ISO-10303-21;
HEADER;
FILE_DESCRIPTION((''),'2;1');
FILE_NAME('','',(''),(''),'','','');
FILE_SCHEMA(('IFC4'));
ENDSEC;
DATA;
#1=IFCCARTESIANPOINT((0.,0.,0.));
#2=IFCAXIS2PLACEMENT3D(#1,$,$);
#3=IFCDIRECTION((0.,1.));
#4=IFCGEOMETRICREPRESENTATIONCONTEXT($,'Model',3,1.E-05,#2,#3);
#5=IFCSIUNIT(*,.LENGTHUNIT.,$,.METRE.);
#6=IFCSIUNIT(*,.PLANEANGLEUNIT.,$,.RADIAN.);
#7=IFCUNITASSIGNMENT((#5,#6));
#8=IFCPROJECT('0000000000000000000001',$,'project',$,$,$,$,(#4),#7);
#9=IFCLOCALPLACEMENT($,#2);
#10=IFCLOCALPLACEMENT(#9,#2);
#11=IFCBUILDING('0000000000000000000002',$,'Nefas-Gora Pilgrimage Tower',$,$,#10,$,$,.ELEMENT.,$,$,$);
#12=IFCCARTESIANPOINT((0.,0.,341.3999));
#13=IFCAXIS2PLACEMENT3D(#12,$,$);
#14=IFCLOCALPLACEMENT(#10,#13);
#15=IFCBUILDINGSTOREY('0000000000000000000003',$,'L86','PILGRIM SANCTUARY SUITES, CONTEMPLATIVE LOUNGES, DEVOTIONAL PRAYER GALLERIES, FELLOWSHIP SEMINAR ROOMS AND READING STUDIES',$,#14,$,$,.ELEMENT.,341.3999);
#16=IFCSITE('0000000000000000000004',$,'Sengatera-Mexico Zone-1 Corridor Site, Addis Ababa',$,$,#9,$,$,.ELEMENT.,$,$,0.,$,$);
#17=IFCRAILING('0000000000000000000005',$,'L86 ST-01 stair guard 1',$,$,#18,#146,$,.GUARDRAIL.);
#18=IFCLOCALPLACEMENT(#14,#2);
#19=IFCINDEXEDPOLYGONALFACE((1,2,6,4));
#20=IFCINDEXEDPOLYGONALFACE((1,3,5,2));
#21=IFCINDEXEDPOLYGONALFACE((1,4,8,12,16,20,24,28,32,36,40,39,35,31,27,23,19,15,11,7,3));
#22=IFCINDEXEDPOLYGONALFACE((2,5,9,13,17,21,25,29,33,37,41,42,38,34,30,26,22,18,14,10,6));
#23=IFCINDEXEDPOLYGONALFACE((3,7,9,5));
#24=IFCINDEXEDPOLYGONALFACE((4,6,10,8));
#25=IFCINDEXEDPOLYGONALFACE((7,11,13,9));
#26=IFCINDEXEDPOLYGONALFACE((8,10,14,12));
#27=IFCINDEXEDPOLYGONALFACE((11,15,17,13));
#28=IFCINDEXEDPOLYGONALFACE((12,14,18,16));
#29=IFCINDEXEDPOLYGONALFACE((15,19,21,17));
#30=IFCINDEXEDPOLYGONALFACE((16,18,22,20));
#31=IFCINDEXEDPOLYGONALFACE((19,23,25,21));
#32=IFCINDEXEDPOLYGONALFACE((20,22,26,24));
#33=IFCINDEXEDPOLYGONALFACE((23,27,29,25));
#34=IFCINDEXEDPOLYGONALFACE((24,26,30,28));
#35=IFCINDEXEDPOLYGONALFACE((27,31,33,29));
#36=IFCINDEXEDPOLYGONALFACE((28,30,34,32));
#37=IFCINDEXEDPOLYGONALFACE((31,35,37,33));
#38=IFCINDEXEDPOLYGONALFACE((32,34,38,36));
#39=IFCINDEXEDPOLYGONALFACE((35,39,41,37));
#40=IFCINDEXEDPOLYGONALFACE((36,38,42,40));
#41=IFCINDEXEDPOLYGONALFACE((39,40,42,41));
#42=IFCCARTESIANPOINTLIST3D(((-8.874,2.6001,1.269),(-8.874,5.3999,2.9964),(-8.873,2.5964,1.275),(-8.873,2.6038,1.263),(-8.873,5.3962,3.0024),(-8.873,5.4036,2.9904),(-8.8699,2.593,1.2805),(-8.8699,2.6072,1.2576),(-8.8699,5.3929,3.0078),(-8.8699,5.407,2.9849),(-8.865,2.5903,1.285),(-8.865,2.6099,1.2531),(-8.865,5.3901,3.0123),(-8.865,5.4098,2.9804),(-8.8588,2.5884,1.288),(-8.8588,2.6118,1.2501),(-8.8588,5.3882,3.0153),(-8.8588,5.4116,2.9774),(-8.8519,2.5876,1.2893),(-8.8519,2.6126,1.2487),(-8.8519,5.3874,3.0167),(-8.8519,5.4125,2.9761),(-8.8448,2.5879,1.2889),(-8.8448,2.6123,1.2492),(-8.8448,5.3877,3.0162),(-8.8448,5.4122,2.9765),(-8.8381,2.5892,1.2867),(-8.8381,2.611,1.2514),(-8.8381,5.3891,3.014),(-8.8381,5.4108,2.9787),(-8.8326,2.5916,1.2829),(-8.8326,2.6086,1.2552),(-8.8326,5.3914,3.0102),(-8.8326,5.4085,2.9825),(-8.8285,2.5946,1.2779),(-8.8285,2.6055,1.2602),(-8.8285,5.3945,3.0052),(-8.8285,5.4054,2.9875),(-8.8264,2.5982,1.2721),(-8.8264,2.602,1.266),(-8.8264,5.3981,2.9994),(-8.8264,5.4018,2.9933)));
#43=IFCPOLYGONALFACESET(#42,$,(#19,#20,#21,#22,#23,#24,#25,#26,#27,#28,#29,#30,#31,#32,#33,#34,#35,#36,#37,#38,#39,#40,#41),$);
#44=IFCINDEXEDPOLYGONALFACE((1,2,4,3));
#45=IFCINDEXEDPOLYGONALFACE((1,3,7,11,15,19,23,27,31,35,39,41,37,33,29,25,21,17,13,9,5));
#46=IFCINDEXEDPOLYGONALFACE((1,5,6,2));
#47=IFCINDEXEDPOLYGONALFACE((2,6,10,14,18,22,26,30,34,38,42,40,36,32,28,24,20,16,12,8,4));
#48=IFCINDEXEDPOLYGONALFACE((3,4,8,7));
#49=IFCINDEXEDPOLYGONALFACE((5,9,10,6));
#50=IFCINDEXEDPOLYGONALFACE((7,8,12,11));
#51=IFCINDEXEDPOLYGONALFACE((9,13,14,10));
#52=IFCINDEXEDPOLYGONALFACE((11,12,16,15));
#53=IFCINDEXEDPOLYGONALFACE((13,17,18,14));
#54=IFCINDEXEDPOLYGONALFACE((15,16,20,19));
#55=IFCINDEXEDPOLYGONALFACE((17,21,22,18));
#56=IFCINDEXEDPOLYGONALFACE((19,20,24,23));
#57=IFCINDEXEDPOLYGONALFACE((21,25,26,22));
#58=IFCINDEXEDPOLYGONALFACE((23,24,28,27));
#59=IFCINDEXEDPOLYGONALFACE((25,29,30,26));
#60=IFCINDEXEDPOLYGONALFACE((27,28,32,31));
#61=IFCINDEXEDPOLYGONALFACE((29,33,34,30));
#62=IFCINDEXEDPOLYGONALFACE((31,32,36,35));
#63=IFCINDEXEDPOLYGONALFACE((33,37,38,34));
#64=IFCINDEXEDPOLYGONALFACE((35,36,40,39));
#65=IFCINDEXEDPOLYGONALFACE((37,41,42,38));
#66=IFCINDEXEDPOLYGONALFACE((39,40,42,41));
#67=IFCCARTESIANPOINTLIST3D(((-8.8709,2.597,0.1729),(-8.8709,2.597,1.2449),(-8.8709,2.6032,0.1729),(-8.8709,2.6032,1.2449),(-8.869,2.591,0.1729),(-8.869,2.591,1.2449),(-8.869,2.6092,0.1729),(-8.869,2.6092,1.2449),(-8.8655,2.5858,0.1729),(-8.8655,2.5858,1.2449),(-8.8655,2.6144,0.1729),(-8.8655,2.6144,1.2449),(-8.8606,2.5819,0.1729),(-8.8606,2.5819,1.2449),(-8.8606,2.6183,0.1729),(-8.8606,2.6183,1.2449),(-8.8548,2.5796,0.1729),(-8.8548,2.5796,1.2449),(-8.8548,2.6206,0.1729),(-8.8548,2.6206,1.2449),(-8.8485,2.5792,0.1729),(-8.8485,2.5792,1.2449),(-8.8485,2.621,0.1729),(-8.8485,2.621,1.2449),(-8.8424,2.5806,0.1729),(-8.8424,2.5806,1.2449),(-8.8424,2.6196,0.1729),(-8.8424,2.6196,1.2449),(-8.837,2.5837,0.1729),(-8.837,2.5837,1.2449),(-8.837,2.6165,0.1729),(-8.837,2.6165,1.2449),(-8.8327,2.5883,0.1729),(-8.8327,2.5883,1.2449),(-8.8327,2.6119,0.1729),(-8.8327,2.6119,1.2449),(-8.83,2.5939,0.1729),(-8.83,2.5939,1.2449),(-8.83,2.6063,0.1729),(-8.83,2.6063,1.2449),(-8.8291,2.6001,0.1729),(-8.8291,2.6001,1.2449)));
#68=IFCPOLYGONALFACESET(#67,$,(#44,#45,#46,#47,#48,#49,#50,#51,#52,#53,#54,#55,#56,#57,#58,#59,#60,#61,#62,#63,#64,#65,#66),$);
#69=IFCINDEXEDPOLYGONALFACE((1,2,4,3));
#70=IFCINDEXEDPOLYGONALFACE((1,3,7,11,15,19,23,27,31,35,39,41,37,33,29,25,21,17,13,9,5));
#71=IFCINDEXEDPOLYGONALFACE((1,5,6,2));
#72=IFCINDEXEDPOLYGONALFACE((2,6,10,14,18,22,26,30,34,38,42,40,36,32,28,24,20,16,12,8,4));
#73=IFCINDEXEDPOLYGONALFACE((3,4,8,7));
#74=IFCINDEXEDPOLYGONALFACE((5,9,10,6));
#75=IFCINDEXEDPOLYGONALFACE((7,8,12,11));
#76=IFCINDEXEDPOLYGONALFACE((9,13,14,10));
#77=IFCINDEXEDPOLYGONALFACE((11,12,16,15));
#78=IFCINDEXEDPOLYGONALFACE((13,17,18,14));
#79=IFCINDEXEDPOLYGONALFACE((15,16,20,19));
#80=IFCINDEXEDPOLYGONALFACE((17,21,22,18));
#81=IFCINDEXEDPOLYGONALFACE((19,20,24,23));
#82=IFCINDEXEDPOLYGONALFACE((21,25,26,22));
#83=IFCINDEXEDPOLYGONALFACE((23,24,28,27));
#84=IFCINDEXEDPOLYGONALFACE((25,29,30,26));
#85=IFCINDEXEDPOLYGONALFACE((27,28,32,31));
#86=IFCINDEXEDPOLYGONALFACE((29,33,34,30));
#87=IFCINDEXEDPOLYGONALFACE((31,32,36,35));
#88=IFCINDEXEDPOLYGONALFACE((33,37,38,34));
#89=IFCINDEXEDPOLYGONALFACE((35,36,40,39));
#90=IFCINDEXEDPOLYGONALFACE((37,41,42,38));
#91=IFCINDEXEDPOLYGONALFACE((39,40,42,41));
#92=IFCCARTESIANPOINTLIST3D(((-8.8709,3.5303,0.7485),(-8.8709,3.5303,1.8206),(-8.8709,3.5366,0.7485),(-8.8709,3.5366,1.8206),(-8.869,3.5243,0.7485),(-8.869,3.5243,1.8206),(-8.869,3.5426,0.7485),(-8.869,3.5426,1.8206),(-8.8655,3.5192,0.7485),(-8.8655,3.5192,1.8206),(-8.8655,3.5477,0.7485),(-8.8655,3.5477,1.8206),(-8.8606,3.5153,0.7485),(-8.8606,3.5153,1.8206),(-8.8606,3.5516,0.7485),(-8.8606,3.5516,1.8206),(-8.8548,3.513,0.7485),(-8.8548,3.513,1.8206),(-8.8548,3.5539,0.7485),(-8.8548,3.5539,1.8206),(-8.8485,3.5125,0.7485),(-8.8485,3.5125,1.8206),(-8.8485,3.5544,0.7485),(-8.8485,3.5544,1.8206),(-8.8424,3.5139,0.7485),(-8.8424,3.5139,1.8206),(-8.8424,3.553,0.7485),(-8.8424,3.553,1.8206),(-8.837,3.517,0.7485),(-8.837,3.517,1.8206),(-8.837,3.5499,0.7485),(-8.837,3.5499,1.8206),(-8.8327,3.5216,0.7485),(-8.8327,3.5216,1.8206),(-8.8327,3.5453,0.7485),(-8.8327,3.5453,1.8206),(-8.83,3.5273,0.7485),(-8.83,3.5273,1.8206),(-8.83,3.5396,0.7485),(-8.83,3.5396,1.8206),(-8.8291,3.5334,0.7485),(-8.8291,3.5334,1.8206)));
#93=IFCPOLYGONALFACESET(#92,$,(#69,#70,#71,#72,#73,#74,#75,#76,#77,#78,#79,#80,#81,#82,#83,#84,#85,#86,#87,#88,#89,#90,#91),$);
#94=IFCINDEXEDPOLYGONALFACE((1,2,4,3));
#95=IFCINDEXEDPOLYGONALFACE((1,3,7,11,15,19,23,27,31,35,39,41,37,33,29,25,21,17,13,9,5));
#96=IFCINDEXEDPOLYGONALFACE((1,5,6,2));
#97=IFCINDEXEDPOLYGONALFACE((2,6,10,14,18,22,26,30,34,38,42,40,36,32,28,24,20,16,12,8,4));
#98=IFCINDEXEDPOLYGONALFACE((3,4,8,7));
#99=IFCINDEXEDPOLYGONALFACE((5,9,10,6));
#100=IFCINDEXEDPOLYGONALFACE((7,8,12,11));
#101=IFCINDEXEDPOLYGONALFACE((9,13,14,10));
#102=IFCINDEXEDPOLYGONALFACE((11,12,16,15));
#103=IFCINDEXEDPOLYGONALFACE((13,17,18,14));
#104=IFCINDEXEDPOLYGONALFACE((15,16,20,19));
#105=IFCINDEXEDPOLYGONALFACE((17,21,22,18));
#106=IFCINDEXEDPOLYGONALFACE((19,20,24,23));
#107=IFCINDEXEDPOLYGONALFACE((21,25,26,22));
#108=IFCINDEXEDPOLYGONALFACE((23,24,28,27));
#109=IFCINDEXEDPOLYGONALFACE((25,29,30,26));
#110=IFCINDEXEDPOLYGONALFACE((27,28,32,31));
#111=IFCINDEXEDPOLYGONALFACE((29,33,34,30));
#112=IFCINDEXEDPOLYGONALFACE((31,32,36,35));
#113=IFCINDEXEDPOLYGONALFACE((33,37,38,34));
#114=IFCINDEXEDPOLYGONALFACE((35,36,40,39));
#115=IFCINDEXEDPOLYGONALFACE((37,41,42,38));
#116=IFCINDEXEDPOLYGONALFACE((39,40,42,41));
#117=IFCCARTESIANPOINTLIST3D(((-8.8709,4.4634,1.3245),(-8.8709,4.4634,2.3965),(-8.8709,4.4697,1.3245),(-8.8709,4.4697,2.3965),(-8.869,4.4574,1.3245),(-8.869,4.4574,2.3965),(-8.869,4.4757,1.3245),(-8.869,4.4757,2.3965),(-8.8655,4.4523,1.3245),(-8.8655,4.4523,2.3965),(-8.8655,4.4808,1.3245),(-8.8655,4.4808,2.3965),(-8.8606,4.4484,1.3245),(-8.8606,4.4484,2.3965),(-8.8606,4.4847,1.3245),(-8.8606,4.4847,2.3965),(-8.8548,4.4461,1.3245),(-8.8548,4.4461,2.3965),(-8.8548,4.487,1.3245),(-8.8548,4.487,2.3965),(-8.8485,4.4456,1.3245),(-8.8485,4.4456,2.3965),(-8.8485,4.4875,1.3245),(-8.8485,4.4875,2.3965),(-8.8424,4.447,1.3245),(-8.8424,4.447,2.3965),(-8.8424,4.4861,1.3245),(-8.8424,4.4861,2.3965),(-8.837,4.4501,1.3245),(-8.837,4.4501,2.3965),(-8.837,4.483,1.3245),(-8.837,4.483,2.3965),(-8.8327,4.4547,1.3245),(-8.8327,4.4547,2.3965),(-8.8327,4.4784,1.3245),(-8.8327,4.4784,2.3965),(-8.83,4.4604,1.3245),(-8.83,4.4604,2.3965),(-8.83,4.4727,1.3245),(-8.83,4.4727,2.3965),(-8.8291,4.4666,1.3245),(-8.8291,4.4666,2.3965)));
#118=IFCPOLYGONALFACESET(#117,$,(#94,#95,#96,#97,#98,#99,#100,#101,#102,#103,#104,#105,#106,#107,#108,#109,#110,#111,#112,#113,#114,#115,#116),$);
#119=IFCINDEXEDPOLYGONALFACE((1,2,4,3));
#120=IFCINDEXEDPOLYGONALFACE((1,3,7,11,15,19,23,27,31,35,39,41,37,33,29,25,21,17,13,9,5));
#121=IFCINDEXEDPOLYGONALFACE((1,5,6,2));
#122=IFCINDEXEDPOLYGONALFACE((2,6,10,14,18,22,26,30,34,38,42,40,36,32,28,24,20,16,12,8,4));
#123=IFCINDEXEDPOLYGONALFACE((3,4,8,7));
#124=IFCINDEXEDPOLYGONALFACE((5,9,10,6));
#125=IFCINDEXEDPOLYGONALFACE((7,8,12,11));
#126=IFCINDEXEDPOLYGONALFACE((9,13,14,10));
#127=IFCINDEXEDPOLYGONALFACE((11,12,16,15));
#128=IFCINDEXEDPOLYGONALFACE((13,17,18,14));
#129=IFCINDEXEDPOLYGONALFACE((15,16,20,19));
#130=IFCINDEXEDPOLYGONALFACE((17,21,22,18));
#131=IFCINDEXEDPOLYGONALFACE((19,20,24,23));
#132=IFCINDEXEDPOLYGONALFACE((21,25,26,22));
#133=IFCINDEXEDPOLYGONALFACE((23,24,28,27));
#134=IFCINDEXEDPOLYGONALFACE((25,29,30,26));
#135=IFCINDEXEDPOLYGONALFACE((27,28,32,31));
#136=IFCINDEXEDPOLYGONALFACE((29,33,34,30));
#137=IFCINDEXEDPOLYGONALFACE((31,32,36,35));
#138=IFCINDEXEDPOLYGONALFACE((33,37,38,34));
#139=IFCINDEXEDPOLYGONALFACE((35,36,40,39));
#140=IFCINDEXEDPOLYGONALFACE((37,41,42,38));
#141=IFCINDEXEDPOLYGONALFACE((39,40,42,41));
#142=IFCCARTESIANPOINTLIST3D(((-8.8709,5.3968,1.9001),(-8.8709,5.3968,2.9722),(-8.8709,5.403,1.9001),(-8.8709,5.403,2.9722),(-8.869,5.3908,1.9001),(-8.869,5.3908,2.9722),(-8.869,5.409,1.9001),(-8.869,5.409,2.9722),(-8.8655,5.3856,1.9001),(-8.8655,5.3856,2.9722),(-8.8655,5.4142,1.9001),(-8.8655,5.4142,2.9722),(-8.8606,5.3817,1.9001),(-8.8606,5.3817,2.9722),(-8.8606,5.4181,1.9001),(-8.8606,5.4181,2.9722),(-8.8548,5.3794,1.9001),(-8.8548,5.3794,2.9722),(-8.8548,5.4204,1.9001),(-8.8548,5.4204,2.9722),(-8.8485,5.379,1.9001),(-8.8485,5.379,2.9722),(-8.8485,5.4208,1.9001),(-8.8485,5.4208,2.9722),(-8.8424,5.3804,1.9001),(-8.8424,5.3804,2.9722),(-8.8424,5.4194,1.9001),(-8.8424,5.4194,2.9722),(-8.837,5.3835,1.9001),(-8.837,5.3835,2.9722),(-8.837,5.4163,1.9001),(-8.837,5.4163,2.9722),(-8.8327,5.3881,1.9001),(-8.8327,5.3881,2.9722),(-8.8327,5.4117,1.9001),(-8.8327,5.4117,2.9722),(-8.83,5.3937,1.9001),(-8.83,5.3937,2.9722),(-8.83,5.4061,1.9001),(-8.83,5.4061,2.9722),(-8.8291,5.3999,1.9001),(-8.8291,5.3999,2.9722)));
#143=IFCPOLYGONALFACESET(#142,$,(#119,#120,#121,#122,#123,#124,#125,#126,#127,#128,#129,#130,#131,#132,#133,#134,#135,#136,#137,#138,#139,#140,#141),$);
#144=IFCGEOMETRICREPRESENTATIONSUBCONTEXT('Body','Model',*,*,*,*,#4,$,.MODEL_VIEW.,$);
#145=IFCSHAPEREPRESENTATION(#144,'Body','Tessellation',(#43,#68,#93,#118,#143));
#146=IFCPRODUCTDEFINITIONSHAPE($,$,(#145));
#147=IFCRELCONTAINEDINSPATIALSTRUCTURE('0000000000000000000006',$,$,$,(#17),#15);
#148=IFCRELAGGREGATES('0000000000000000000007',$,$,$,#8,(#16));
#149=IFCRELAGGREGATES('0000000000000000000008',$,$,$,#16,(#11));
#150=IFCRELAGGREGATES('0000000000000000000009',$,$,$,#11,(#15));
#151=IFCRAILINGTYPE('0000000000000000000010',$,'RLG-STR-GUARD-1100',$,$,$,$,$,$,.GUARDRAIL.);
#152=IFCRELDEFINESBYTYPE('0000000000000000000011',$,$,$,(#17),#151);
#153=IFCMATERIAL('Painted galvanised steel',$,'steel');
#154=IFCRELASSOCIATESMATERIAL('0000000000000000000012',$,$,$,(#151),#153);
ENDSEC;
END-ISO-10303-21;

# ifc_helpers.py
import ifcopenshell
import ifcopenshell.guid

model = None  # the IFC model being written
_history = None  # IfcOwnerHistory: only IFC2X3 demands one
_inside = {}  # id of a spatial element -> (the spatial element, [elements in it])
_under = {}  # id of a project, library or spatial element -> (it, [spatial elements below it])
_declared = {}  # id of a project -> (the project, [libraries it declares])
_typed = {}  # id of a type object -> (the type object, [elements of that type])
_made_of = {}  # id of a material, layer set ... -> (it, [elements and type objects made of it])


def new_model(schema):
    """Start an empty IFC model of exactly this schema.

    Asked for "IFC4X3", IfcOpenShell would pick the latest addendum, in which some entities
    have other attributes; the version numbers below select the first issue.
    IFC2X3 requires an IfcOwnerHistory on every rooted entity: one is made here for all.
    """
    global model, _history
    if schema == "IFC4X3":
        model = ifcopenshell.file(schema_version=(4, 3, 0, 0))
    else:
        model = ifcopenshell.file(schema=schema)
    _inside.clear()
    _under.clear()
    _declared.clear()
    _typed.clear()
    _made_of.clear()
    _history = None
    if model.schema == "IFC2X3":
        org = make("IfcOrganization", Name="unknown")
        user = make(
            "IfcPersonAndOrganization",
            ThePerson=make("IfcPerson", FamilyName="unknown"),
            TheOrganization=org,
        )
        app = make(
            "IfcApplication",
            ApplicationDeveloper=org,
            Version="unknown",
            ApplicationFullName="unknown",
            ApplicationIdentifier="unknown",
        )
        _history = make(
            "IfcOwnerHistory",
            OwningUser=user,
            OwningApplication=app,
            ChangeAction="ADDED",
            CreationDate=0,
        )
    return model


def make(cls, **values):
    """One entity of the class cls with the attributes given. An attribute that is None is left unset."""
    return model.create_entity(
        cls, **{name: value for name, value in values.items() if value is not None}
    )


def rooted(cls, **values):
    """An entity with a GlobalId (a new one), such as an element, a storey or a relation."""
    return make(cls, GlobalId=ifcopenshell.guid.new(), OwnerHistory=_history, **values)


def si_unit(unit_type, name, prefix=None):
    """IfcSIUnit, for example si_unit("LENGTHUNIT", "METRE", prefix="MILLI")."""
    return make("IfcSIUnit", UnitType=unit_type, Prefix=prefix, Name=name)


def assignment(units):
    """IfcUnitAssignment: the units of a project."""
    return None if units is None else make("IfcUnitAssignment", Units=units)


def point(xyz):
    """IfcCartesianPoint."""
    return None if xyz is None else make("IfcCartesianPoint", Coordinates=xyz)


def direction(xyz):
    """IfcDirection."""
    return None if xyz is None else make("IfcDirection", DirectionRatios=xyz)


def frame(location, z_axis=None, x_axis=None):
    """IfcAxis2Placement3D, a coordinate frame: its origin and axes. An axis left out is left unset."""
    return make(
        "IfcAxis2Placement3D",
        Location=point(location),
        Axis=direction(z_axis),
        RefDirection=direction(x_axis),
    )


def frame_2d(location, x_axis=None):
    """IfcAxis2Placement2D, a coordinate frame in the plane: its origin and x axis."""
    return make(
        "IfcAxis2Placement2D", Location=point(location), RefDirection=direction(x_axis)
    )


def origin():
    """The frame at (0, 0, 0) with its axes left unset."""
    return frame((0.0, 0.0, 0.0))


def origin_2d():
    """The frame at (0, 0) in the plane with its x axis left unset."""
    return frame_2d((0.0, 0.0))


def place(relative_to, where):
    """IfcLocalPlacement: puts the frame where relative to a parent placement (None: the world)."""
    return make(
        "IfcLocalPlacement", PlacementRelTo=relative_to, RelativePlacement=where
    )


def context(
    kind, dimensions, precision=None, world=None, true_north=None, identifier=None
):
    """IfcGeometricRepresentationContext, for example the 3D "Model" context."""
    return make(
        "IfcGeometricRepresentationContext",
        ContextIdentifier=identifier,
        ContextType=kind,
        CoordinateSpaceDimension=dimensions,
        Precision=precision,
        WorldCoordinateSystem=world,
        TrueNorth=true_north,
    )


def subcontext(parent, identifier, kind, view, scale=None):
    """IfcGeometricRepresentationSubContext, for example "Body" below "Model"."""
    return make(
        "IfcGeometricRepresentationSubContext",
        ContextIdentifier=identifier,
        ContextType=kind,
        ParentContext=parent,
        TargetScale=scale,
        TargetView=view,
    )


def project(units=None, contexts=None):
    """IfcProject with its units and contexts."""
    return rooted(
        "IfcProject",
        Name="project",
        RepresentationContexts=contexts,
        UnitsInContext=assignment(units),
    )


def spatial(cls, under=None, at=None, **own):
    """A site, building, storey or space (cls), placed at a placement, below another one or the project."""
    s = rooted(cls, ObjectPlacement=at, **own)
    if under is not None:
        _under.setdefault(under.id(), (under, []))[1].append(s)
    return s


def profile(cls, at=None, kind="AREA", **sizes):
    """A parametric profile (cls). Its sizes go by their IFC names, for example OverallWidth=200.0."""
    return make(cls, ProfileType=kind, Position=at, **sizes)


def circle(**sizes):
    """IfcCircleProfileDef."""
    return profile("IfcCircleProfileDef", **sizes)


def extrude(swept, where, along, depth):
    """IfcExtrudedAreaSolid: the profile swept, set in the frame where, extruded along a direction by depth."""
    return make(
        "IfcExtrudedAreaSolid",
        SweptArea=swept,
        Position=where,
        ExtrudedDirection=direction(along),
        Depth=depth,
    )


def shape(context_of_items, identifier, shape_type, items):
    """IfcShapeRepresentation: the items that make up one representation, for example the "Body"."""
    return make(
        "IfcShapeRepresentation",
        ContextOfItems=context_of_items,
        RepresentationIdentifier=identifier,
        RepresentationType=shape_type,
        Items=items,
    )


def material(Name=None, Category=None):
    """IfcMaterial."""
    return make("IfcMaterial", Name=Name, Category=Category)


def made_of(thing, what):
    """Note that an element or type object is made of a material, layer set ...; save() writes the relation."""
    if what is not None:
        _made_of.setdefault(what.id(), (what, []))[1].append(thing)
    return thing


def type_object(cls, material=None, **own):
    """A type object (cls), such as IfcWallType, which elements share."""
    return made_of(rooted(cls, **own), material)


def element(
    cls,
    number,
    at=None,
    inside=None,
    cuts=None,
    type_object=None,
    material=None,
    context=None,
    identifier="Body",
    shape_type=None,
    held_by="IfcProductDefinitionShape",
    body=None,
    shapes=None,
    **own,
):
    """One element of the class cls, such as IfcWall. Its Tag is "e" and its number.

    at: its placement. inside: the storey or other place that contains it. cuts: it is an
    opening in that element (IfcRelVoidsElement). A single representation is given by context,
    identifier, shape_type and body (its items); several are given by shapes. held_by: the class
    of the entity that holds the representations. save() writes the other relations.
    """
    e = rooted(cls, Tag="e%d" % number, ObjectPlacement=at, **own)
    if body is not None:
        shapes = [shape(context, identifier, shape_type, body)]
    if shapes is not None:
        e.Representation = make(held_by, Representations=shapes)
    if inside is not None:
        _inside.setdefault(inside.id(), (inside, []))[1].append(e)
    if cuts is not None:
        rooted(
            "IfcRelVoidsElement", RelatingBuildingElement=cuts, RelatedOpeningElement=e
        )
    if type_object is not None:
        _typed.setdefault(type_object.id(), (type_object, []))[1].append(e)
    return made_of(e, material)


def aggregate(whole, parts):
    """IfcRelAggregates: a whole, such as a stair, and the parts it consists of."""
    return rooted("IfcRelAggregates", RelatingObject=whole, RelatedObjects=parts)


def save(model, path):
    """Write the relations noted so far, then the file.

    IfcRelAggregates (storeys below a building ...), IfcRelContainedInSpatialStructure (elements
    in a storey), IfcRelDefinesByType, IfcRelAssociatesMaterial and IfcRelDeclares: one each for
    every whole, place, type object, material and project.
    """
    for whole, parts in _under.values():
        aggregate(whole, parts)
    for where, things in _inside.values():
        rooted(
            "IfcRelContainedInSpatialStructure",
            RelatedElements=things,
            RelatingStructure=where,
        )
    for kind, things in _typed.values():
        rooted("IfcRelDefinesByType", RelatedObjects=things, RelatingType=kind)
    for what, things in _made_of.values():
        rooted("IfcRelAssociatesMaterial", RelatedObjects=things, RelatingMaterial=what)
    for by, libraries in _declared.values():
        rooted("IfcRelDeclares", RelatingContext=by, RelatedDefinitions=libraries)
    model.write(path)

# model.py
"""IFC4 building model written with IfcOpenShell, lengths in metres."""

from ifc_helpers import new_model, si_unit, direction, frame, origin, origin_2d, place, context, subcontext, project, spatial, circle, extrude, material, type_object, element, save


model = new_model("IFC4")

# Units and contexts
model_context = context("Model", 3, precision=1e-05, world=origin(), true_north=direction((0.0, 1.0)))
body_context = subcontext(model_context, "Body", "Model", "MODEL_VIEW")
ifc_project = project(units=[si_unit("LENGTHUNIT", "METRE"), si_unit("PLANEANGLEUNIT", "RADIAN")], contexts=[model_context])

# Site, building, storey
site_placement = place(None, origin())
site = spatial("IfcSite", under=ifc_project, at=site_placement, Name="Sengatera-Mexico Zone-1 Corridor Site, Addis Ababa", CompositionType="ELEMENT", RefElevation=0.0)
building_placement = place(site_placement, origin())
building = spatial("IfcBuilding", under=site, at=building_placement, Name="Nefas-Gora Pilgrimage Tower", CompositionType="ELEMENT")
storey_placement = place(building_placement, frame((0.0, 0.0, 341.3999)))
storey = spatial("IfcBuildingStorey", under=building, at=storey_placement, Name="L86", Description="PILGRIM SANCTUARY SUITES, CONTEMPLATIVE LOUNGES, DEVOTIONAL PRAYER GALLERIES, FELLOWSHIP SEMINAR ROOMS AND READING STUDIES", CompositionType="ELEMENT", Elevation=341.3999)

# Railing
ifc_material_1 = material(Name="Painted galvanised steel", Category="steel")
railing_type_1 = type_object("IfcRailingType", Name="RLG-STR-GUARD-1100", PredefinedType="GUARDRAIL", material=ifc_material_1)
railing_1_placement = place(storey_placement, frame((-8.8501, 2.6001, 0.1729)))
element("IfcRailing", 1, at=railing_1_placement, inside=storey, type_object=railing_type_1, Name="L86 ST-01 stair guard 1", PredefinedType="GUARDRAIL", context=body_context, shape_type="SweptSolid", body=[
    extrude(circle(Radius=0.0239, at=origin_2d()), frame((0.0, 0.0, 1.0962), z_axis=(0.0, 0.851069, 0.525054), x_axis=(-1.0, 0.0, 0.0)), (0.0, 0.0, 1.0), 3.2898),
    extrude(circle(Radius=0.021, at=origin_2d()), origin(), (0.0, 0.0, 1.0), 1.072),
    extrude(circle(Radius=0.021, at=origin_2d()), frame((0.0, 0.9333, 0.5757)), (0.0, 0.0, 1.0), 1.072),
    extrude(circle(Radius=0.021, at=origin_2d()), frame((0.0, 1.8665, 1.1516)), (0.0, 0.0, 1.0), 1.072),
    extrude(circle(Radius=0.021, at=origin_2d()), frame((0.0, 2.7998, 1.7273)), (0.0, 0.0, 1.0), 1.072),
])

save(model, "model.ifc")
